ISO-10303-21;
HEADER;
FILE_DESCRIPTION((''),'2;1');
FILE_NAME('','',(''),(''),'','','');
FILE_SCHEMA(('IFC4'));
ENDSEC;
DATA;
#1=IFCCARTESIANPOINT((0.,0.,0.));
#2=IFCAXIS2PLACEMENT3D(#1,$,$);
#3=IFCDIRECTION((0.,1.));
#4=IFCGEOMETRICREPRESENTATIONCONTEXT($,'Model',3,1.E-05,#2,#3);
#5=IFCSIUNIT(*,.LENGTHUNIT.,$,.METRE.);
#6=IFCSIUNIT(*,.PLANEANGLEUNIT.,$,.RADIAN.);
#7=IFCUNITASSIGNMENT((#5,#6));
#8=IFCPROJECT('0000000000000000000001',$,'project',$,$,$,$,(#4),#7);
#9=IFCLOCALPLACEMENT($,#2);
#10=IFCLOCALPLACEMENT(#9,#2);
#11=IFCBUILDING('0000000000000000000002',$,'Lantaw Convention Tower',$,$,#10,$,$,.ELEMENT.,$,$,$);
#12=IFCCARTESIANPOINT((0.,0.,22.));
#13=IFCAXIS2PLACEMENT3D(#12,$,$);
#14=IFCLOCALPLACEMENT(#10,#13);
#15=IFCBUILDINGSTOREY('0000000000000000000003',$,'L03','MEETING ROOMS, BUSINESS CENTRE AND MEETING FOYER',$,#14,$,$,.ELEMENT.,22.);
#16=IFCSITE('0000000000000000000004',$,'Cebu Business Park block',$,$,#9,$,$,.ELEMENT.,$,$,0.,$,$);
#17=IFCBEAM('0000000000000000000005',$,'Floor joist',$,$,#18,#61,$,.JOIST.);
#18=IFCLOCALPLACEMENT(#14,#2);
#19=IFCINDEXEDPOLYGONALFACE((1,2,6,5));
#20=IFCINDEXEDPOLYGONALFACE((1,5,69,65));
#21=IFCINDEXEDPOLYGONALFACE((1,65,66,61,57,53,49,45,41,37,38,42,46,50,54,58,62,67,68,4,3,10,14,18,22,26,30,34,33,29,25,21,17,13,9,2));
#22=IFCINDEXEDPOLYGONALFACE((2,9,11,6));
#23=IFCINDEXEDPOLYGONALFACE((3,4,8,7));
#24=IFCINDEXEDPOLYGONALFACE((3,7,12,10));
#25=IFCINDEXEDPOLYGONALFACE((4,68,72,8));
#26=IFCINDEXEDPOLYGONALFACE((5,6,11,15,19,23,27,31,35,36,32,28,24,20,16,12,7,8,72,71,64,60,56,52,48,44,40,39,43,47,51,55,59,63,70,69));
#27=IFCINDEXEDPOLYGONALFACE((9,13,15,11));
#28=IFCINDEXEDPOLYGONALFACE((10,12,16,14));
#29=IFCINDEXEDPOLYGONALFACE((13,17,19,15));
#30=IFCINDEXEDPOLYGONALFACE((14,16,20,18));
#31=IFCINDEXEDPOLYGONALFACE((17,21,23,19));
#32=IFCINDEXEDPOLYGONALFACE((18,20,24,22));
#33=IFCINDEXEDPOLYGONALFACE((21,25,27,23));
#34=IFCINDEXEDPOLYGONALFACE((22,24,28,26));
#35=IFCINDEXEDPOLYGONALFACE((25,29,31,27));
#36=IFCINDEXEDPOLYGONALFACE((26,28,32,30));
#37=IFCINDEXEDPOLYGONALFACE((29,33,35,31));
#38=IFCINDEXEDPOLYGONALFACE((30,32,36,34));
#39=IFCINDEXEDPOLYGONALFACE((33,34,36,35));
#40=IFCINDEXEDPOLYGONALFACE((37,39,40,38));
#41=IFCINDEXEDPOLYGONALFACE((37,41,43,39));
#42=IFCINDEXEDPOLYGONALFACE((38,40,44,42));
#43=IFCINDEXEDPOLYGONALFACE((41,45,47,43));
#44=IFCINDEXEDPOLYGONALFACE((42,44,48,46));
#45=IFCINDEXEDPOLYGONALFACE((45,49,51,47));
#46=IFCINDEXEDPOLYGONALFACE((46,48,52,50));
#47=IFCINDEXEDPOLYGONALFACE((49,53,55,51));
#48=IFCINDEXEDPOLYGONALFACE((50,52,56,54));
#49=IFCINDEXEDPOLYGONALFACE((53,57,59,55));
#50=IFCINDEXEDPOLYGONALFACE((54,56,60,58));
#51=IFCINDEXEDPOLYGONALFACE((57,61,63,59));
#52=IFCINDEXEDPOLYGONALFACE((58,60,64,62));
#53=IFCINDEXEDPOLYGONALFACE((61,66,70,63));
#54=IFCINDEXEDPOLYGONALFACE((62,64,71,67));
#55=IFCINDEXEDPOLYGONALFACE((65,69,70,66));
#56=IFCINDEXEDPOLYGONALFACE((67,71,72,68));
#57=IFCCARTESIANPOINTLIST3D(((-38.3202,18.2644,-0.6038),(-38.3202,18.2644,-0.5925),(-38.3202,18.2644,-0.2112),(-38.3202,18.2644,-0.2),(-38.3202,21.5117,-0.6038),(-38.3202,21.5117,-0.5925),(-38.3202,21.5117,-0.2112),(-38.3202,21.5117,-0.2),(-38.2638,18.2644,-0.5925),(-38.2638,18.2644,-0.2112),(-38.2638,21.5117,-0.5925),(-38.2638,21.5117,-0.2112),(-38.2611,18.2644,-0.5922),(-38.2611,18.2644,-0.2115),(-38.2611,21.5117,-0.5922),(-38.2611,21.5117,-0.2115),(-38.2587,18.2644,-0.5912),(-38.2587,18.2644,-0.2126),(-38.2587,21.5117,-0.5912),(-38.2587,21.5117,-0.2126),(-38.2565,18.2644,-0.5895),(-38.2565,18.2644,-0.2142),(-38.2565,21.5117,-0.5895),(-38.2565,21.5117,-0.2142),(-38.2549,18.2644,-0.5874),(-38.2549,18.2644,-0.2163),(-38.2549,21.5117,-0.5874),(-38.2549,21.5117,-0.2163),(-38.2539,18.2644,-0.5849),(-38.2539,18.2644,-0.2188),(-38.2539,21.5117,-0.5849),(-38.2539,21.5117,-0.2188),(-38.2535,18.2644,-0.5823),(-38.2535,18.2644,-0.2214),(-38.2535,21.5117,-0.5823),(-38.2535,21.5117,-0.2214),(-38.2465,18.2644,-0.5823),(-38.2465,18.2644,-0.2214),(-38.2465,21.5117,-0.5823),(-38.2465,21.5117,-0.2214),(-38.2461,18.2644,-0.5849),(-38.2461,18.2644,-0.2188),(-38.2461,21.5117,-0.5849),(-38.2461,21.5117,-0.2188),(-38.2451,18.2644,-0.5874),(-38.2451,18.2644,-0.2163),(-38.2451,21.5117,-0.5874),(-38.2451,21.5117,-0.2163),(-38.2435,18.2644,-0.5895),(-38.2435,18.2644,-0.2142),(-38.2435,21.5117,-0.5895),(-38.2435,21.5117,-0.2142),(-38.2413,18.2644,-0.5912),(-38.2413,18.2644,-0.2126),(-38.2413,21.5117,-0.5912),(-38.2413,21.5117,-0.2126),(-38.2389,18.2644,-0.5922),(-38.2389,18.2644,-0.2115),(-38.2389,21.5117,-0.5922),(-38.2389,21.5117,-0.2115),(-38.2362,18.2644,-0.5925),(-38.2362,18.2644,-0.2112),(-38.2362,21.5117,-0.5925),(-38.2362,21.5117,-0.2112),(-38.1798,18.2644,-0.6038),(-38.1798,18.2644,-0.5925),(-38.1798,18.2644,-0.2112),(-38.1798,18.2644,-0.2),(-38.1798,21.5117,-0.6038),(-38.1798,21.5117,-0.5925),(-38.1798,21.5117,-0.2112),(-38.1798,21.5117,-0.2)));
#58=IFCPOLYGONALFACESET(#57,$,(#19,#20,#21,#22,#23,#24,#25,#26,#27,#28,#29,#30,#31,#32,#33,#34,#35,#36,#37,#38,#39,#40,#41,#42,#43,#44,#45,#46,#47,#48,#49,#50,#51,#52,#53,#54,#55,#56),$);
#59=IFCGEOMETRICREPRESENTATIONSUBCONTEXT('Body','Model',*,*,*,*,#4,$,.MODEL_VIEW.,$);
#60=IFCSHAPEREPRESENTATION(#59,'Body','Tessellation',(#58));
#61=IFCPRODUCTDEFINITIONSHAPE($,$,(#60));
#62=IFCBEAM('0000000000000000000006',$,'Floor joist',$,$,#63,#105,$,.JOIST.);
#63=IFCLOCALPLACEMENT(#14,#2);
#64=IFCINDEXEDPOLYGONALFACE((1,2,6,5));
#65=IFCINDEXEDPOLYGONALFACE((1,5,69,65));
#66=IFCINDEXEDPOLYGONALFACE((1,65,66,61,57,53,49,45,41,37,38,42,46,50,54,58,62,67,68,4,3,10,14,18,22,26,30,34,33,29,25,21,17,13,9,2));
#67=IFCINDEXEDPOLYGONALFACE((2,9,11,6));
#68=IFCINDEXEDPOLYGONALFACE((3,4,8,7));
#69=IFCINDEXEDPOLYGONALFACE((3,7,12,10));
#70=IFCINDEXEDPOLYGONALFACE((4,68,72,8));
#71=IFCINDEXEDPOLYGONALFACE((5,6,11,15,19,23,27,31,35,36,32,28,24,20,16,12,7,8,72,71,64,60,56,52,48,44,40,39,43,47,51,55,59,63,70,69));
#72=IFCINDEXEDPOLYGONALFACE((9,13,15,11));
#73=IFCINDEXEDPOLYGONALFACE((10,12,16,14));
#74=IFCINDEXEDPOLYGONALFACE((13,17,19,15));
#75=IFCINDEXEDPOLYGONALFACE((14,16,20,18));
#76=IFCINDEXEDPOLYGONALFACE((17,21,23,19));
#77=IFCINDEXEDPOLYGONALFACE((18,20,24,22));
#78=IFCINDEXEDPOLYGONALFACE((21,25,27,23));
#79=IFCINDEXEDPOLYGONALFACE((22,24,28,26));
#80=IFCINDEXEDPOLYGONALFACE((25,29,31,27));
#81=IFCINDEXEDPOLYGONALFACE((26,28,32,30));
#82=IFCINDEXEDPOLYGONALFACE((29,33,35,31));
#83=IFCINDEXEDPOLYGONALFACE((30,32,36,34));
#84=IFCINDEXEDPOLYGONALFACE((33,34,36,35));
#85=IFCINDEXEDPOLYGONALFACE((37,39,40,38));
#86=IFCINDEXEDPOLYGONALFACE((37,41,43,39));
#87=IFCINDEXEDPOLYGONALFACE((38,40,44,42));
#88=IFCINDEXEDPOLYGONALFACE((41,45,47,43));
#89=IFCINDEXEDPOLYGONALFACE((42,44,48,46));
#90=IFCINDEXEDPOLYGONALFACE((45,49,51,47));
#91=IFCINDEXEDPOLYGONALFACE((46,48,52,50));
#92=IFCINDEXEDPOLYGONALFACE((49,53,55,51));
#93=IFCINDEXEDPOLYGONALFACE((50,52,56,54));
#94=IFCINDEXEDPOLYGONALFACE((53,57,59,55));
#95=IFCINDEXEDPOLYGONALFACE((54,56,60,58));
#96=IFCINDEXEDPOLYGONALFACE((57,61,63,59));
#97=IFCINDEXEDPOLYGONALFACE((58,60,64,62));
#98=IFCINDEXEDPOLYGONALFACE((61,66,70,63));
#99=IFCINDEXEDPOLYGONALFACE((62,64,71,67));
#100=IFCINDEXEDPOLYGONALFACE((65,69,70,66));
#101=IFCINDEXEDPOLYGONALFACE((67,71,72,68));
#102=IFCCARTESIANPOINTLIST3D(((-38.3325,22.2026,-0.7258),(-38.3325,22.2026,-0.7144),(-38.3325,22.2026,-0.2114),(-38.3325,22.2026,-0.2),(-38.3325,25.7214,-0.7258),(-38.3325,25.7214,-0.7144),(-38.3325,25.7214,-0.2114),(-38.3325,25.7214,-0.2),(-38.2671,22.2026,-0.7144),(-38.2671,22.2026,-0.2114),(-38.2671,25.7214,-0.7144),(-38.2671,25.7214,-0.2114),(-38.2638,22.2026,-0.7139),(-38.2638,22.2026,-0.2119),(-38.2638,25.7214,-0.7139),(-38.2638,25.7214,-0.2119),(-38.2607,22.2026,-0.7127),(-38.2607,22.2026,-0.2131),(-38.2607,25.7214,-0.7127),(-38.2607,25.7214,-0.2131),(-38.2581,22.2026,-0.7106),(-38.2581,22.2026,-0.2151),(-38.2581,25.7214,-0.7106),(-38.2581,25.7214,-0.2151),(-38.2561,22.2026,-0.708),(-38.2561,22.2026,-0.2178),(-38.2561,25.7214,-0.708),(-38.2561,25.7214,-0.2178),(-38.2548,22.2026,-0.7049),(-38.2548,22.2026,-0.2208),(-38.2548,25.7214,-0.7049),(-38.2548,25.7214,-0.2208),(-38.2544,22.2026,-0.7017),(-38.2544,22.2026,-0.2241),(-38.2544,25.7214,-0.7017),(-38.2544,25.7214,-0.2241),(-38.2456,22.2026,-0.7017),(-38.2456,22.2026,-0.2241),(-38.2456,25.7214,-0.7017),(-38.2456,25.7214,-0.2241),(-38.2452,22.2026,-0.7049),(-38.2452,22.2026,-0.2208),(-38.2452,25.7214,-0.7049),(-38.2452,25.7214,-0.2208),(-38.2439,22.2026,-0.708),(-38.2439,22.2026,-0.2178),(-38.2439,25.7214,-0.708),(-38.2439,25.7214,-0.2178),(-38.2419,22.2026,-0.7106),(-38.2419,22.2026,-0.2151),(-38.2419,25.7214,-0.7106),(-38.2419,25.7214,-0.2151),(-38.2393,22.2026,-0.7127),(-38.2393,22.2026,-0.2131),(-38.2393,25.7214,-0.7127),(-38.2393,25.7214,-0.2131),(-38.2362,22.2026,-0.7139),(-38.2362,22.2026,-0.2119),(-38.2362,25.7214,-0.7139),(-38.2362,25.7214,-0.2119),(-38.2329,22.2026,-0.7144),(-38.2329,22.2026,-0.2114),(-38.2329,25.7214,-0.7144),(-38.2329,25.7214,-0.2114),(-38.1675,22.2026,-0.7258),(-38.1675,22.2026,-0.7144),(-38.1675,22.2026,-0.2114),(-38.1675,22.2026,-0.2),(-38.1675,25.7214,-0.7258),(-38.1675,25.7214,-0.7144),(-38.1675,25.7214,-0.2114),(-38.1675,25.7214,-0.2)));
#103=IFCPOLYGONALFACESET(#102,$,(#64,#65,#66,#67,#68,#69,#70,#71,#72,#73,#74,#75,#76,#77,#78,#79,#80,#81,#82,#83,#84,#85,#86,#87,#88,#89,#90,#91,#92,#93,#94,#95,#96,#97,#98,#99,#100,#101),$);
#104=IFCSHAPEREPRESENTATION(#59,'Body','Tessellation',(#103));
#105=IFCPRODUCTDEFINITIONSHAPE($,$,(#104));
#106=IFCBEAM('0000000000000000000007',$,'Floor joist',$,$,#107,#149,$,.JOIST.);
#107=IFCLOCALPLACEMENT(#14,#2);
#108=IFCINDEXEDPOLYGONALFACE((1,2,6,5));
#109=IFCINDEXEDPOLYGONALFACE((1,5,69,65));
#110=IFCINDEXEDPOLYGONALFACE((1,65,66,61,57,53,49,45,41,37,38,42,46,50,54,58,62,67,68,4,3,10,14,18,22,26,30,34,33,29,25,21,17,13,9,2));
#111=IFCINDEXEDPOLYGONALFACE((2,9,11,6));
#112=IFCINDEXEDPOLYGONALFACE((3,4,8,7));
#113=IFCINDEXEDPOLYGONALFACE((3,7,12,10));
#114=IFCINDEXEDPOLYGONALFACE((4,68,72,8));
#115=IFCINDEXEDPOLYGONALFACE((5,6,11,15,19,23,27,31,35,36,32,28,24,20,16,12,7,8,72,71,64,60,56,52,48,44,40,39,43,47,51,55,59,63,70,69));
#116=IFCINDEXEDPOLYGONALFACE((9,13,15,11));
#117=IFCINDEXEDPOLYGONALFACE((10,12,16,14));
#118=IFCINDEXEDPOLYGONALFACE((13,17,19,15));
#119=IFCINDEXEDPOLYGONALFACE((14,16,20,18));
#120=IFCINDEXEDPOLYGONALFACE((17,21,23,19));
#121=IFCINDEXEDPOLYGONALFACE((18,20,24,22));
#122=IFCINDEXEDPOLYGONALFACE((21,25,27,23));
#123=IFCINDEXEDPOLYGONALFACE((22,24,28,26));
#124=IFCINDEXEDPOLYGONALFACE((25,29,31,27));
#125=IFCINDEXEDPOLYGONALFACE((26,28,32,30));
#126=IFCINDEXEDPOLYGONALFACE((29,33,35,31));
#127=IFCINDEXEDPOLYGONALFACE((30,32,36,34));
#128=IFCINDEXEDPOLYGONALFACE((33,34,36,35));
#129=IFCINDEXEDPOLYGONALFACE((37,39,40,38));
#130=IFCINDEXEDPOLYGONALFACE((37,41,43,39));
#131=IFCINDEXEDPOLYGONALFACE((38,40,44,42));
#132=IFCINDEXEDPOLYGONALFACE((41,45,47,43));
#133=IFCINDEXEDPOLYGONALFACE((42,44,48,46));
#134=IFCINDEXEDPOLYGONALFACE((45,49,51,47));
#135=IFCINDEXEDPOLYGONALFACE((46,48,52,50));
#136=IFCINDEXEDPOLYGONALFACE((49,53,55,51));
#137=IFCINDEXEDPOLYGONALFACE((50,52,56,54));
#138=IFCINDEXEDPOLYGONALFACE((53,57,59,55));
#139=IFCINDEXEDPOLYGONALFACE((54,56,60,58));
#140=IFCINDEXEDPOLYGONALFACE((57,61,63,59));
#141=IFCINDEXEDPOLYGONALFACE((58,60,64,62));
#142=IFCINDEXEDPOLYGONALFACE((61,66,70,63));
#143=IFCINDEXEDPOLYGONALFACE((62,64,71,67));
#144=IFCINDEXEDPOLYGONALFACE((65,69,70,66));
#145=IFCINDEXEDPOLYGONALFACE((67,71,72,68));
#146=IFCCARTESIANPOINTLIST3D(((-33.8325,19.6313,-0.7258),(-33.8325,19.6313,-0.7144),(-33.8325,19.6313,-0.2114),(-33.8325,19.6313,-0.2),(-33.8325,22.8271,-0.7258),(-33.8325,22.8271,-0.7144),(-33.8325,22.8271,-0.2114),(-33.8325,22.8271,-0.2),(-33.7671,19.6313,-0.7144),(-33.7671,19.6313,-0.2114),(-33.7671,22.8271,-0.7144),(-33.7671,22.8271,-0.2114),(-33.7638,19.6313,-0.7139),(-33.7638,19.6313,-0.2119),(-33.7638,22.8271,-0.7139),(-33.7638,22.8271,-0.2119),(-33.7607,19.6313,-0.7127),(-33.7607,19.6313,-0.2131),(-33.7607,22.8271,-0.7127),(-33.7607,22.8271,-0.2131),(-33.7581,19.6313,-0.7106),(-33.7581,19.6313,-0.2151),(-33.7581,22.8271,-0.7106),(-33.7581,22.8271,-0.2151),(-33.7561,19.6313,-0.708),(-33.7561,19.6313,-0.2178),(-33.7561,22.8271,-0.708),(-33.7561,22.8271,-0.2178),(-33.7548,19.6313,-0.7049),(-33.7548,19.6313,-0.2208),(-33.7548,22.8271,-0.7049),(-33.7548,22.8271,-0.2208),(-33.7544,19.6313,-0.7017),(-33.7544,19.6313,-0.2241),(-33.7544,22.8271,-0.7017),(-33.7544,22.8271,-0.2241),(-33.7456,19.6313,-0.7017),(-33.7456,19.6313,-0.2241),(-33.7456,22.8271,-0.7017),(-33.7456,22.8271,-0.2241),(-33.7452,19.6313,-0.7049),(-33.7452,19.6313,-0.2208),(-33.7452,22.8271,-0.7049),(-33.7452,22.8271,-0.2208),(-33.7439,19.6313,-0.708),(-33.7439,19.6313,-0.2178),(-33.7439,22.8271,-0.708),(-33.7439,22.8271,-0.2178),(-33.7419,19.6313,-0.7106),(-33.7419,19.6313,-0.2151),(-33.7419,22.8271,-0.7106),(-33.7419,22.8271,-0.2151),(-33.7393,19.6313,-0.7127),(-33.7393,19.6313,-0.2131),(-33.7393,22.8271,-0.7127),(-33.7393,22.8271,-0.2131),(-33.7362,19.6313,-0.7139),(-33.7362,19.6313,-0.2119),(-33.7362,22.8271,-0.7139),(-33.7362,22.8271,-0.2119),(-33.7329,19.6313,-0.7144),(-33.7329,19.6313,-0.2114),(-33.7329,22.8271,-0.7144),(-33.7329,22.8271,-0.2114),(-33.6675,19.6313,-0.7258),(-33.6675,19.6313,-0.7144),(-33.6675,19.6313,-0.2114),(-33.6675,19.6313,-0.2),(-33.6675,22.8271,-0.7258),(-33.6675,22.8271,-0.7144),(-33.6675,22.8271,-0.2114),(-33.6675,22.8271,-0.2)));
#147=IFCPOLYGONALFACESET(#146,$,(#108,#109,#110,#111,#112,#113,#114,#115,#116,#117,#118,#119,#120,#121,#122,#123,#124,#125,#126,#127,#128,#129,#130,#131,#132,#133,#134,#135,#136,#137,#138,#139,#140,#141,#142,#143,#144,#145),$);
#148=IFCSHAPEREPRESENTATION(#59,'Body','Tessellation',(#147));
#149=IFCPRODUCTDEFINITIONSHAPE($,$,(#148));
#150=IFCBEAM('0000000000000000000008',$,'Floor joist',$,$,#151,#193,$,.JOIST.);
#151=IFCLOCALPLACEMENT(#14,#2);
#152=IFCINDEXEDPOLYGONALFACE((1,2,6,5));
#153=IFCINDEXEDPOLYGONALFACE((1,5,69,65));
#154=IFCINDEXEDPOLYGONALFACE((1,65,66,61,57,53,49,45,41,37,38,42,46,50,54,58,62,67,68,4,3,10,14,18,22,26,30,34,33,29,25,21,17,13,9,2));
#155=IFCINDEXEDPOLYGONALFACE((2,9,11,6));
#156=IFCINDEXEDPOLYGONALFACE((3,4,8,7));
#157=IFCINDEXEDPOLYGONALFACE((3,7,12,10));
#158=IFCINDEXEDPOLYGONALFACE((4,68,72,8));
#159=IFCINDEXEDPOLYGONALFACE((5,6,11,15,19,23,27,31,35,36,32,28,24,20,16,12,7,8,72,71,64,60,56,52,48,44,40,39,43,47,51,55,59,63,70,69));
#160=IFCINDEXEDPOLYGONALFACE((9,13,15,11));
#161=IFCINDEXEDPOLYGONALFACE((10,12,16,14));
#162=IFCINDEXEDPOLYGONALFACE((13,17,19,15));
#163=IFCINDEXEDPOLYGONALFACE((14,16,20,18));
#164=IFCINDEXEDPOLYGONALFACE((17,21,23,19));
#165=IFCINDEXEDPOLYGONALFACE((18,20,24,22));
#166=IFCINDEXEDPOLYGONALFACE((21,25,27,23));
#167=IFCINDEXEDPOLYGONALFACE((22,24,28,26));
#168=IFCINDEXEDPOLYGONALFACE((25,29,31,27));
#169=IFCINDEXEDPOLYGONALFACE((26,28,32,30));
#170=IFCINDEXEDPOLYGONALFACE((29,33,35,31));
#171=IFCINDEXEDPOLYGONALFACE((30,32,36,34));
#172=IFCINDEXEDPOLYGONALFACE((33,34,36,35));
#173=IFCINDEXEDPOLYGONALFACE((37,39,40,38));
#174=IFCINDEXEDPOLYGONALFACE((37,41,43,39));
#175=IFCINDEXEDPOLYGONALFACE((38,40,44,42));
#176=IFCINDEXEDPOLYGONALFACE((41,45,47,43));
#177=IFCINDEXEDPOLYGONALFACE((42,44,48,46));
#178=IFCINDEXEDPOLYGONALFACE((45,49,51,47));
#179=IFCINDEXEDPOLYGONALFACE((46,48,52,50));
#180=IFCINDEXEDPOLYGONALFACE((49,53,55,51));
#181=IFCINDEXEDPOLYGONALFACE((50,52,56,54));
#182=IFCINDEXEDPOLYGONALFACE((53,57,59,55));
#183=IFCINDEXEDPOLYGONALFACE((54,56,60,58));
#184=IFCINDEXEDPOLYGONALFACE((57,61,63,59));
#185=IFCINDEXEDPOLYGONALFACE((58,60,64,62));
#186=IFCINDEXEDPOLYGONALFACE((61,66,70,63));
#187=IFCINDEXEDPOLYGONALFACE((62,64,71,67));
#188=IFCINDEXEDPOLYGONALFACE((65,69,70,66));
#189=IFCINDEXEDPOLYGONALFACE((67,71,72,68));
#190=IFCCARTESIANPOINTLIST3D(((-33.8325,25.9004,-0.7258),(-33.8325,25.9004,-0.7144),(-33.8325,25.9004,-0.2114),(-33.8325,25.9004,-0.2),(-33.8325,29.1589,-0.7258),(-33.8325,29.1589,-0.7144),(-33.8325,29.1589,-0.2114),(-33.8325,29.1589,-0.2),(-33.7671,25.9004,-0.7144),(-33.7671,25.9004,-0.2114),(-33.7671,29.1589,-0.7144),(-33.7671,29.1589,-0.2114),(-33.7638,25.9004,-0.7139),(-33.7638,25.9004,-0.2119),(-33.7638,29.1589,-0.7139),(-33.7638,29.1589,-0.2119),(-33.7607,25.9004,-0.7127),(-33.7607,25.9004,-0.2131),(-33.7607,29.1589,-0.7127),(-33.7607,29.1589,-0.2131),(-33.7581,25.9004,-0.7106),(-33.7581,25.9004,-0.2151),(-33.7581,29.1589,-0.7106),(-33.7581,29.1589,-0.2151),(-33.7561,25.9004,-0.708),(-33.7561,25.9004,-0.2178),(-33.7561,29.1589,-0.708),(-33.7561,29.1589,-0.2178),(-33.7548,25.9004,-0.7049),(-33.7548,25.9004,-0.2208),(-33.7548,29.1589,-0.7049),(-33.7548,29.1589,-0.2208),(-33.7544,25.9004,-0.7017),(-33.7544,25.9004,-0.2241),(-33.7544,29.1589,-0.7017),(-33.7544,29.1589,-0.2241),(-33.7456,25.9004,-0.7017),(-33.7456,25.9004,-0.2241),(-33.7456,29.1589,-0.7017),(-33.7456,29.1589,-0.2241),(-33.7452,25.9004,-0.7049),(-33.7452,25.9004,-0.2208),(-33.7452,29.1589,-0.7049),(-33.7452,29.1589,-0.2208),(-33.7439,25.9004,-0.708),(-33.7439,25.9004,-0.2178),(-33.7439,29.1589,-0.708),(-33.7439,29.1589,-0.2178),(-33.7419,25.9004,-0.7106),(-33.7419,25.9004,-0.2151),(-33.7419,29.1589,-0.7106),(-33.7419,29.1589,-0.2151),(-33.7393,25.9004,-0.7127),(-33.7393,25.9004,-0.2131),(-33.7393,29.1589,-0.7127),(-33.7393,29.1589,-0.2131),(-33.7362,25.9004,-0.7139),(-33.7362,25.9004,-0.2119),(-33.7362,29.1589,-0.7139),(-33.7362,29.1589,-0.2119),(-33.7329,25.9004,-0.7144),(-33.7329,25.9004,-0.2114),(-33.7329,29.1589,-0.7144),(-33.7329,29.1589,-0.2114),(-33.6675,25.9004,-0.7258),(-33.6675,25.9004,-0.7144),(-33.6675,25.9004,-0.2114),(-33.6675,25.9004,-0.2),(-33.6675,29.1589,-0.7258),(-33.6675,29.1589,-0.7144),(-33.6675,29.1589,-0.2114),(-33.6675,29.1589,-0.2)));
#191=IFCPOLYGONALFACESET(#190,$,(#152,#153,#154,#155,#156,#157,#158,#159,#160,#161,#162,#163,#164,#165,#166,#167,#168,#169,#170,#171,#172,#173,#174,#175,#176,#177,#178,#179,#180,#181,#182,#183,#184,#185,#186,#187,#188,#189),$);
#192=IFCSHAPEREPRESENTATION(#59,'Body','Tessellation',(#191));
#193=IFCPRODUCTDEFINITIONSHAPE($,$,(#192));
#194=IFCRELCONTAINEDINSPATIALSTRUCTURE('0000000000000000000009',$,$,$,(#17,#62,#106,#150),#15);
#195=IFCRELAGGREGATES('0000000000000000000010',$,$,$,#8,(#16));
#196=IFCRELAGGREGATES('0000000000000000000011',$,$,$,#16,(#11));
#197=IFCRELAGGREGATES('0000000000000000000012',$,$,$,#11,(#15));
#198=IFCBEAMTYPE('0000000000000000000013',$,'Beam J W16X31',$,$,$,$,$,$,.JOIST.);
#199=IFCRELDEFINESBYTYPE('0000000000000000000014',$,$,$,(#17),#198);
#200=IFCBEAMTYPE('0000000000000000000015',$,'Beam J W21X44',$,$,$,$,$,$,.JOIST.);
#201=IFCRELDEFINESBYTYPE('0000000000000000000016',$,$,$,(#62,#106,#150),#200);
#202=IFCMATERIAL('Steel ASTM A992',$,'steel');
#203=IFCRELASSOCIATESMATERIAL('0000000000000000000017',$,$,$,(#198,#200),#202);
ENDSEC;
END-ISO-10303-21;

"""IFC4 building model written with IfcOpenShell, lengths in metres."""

from ifc_helpers import new_model, si_unit, direction, frame, origin, origin_2d, place, context, subcontext, project, spatial, i_section, extrude, material, material_profile, profile_set, type_object, element, save


model = new_model("IFC4")

# Units and contexts
model_context = context("Model", 3, precision=1e-05, world=origin(), true_north=direction((0.0, 1.0)))
body_context = subcontext(model_context, "Body", "Model", "MODEL_VIEW")
ifc_project = project(units=[si_unit("LENGTHUNIT", "METRE"), si_unit("PLANEANGLEUNIT", "RADIAN")], contexts=[model_context])

# Site, building, storey
site_placement = place(None, origin())
site = spatial("IfcSite", under=ifc_project, at=site_placement, Name="Cebu Business Park block", CompositionType="ELEMENT", RefElevation=0.0)
building_placement = place(site_placement, origin())
building = spatial("IfcBuilding", under=site, at=building_placement, Name="Lantaw Convention Tower", CompositionType="ELEMENT")
storey_placement = place(building_placement, frame((0.0, 0.0, 22.0)))
storey = spatial("IfcBuildingStorey", under=building, at=storey_placement, Name="L03", Description="MEETING ROOMS, BUSINESS CENTRE AND MEETING FOYER", CompositionType="ELEMENT", Elevation=22.0)

# Beams
ifc_material_1 = material(Name="Steel ASTM A992", Category="steel")
ifc_material_profile_1 = material_profile(ifc_material_1, i_section(OverallWidth=0.1404, OverallDepth=0.4038, WebThickness=0.0071, FlangeThickness=0.0112, FilletRadius=0.0103, at=origin_2d()), Name="W16X31")
ifc_profile_set_1 = profile_set([ifc_material_profile_1], Name="Steel ASTM A992")
beam_type_1 = type_object("IfcBeamType", Name="Beam J W16X31", PredefinedType="JOIST", material=ifc_profile_set_1)
beam_1_placement = place(storey_placement, frame((-38.25, 18.2644, -0.4019), z_axis=(0.0, 1.0, 0.0), x_axis=(-1.0, 0.0, 0.0)))
element("IfcBeam", 1, at=beam_1_placement, inside=storey, type_object=beam_type_1, Name="Floor joist", PredefinedType="JOIST", context=body_context, shape_type="SweptSolid", body=[
    extrude(i_section(OverallWidth=0.1404, OverallDepth=0.4038, WebThickness=0.0071, FlangeThickness=0.0112, FilletRadius=0.0103, at=origin_2d()), origin(), (0.0, 0.0, 1.0), 3.2473),
])
ifc_material_profile_2 = material_profile(ifc_material_1, i_section(OverallWidth=0.165, OverallDepth=0.5259, WebThickness=0.0088, FlangeThickness=0.0115, FilletRadius=0.0127, at=origin_2d()), Name="W21X44")
ifc_profile_set_2 = profile_set([ifc_material_profile_2], Name="Steel ASTM A992")
beam_type_2 = type_object("IfcBeamType", Name="Beam J W21X44", PredefinedType="JOIST", material=ifc_profile_set_2)
beam_2_placement = place(storey_placement, frame((-38.25, 22.2026, -0.4629), z_axis=(0.0, 1.0, 0.0), x_axis=(-1.0, 0.0, 0.0)))
element("IfcBeam", 2, at=beam_2_placement, inside=storey, type_object=beam_type_2, Name="Floor joist", PredefinedType="JOIST", context=body_context, shape_type="SweptSolid", body=[
    extrude(i_section(OverallWidth=0.165, OverallDepth=0.5259, WebThickness=0.0088, FlangeThickness=0.0115, FilletRadius=0.0127, at=origin_2d()), origin(), (0.0, 0.0, 1.0), 3.5188),
])
beam_3_placement = place(storey_placement, frame((-33.75, 19.6313, -0.4629), z_axis=(0.0, 1.0, 0.0), x_axis=(-1.0, 0.0, 0.0)))
element("IfcBeam", 3, at=beam_3_placement, inside=storey, type_object=beam_type_2, Name="Floor joist", PredefinedType="JOIST", context=body_context, shape_type="SweptSolid", body=[
    extrude(i_section(OverallWidth=0.165, OverallDepth=0.5259, WebThickness=0.0088, FlangeThickness=0.0115, FilletRadius=0.0127, at=origin_2d()), origin(), (0.0, 0.0, 1.0), 3.1958),
])
beam_4_placement = place(storey_placement, frame((-33.75, 25.9004, -0.4629), z_axis=(0.0, 1.0, 0.0), x_axis=(-1.0, 0.0, 0.0)))
element("IfcBeam", 4, at=beam_4_placement, inside=storey, type_object=beam_type_2, Name="Floor joist", PredefinedType="JOIST", context=body_context, shape_type="SweptSolid", body=[
    extrude(i_section(OverallWidth=0.165, OverallDepth=0.5259, WebThickness=0.0088, FlangeThickness=0.0115, FilletRadius=0.0127, at=origin_2d()), origin(), (0.0, 0.0, 1.0), 3.2585),
])

save(model, "model.ifc")
